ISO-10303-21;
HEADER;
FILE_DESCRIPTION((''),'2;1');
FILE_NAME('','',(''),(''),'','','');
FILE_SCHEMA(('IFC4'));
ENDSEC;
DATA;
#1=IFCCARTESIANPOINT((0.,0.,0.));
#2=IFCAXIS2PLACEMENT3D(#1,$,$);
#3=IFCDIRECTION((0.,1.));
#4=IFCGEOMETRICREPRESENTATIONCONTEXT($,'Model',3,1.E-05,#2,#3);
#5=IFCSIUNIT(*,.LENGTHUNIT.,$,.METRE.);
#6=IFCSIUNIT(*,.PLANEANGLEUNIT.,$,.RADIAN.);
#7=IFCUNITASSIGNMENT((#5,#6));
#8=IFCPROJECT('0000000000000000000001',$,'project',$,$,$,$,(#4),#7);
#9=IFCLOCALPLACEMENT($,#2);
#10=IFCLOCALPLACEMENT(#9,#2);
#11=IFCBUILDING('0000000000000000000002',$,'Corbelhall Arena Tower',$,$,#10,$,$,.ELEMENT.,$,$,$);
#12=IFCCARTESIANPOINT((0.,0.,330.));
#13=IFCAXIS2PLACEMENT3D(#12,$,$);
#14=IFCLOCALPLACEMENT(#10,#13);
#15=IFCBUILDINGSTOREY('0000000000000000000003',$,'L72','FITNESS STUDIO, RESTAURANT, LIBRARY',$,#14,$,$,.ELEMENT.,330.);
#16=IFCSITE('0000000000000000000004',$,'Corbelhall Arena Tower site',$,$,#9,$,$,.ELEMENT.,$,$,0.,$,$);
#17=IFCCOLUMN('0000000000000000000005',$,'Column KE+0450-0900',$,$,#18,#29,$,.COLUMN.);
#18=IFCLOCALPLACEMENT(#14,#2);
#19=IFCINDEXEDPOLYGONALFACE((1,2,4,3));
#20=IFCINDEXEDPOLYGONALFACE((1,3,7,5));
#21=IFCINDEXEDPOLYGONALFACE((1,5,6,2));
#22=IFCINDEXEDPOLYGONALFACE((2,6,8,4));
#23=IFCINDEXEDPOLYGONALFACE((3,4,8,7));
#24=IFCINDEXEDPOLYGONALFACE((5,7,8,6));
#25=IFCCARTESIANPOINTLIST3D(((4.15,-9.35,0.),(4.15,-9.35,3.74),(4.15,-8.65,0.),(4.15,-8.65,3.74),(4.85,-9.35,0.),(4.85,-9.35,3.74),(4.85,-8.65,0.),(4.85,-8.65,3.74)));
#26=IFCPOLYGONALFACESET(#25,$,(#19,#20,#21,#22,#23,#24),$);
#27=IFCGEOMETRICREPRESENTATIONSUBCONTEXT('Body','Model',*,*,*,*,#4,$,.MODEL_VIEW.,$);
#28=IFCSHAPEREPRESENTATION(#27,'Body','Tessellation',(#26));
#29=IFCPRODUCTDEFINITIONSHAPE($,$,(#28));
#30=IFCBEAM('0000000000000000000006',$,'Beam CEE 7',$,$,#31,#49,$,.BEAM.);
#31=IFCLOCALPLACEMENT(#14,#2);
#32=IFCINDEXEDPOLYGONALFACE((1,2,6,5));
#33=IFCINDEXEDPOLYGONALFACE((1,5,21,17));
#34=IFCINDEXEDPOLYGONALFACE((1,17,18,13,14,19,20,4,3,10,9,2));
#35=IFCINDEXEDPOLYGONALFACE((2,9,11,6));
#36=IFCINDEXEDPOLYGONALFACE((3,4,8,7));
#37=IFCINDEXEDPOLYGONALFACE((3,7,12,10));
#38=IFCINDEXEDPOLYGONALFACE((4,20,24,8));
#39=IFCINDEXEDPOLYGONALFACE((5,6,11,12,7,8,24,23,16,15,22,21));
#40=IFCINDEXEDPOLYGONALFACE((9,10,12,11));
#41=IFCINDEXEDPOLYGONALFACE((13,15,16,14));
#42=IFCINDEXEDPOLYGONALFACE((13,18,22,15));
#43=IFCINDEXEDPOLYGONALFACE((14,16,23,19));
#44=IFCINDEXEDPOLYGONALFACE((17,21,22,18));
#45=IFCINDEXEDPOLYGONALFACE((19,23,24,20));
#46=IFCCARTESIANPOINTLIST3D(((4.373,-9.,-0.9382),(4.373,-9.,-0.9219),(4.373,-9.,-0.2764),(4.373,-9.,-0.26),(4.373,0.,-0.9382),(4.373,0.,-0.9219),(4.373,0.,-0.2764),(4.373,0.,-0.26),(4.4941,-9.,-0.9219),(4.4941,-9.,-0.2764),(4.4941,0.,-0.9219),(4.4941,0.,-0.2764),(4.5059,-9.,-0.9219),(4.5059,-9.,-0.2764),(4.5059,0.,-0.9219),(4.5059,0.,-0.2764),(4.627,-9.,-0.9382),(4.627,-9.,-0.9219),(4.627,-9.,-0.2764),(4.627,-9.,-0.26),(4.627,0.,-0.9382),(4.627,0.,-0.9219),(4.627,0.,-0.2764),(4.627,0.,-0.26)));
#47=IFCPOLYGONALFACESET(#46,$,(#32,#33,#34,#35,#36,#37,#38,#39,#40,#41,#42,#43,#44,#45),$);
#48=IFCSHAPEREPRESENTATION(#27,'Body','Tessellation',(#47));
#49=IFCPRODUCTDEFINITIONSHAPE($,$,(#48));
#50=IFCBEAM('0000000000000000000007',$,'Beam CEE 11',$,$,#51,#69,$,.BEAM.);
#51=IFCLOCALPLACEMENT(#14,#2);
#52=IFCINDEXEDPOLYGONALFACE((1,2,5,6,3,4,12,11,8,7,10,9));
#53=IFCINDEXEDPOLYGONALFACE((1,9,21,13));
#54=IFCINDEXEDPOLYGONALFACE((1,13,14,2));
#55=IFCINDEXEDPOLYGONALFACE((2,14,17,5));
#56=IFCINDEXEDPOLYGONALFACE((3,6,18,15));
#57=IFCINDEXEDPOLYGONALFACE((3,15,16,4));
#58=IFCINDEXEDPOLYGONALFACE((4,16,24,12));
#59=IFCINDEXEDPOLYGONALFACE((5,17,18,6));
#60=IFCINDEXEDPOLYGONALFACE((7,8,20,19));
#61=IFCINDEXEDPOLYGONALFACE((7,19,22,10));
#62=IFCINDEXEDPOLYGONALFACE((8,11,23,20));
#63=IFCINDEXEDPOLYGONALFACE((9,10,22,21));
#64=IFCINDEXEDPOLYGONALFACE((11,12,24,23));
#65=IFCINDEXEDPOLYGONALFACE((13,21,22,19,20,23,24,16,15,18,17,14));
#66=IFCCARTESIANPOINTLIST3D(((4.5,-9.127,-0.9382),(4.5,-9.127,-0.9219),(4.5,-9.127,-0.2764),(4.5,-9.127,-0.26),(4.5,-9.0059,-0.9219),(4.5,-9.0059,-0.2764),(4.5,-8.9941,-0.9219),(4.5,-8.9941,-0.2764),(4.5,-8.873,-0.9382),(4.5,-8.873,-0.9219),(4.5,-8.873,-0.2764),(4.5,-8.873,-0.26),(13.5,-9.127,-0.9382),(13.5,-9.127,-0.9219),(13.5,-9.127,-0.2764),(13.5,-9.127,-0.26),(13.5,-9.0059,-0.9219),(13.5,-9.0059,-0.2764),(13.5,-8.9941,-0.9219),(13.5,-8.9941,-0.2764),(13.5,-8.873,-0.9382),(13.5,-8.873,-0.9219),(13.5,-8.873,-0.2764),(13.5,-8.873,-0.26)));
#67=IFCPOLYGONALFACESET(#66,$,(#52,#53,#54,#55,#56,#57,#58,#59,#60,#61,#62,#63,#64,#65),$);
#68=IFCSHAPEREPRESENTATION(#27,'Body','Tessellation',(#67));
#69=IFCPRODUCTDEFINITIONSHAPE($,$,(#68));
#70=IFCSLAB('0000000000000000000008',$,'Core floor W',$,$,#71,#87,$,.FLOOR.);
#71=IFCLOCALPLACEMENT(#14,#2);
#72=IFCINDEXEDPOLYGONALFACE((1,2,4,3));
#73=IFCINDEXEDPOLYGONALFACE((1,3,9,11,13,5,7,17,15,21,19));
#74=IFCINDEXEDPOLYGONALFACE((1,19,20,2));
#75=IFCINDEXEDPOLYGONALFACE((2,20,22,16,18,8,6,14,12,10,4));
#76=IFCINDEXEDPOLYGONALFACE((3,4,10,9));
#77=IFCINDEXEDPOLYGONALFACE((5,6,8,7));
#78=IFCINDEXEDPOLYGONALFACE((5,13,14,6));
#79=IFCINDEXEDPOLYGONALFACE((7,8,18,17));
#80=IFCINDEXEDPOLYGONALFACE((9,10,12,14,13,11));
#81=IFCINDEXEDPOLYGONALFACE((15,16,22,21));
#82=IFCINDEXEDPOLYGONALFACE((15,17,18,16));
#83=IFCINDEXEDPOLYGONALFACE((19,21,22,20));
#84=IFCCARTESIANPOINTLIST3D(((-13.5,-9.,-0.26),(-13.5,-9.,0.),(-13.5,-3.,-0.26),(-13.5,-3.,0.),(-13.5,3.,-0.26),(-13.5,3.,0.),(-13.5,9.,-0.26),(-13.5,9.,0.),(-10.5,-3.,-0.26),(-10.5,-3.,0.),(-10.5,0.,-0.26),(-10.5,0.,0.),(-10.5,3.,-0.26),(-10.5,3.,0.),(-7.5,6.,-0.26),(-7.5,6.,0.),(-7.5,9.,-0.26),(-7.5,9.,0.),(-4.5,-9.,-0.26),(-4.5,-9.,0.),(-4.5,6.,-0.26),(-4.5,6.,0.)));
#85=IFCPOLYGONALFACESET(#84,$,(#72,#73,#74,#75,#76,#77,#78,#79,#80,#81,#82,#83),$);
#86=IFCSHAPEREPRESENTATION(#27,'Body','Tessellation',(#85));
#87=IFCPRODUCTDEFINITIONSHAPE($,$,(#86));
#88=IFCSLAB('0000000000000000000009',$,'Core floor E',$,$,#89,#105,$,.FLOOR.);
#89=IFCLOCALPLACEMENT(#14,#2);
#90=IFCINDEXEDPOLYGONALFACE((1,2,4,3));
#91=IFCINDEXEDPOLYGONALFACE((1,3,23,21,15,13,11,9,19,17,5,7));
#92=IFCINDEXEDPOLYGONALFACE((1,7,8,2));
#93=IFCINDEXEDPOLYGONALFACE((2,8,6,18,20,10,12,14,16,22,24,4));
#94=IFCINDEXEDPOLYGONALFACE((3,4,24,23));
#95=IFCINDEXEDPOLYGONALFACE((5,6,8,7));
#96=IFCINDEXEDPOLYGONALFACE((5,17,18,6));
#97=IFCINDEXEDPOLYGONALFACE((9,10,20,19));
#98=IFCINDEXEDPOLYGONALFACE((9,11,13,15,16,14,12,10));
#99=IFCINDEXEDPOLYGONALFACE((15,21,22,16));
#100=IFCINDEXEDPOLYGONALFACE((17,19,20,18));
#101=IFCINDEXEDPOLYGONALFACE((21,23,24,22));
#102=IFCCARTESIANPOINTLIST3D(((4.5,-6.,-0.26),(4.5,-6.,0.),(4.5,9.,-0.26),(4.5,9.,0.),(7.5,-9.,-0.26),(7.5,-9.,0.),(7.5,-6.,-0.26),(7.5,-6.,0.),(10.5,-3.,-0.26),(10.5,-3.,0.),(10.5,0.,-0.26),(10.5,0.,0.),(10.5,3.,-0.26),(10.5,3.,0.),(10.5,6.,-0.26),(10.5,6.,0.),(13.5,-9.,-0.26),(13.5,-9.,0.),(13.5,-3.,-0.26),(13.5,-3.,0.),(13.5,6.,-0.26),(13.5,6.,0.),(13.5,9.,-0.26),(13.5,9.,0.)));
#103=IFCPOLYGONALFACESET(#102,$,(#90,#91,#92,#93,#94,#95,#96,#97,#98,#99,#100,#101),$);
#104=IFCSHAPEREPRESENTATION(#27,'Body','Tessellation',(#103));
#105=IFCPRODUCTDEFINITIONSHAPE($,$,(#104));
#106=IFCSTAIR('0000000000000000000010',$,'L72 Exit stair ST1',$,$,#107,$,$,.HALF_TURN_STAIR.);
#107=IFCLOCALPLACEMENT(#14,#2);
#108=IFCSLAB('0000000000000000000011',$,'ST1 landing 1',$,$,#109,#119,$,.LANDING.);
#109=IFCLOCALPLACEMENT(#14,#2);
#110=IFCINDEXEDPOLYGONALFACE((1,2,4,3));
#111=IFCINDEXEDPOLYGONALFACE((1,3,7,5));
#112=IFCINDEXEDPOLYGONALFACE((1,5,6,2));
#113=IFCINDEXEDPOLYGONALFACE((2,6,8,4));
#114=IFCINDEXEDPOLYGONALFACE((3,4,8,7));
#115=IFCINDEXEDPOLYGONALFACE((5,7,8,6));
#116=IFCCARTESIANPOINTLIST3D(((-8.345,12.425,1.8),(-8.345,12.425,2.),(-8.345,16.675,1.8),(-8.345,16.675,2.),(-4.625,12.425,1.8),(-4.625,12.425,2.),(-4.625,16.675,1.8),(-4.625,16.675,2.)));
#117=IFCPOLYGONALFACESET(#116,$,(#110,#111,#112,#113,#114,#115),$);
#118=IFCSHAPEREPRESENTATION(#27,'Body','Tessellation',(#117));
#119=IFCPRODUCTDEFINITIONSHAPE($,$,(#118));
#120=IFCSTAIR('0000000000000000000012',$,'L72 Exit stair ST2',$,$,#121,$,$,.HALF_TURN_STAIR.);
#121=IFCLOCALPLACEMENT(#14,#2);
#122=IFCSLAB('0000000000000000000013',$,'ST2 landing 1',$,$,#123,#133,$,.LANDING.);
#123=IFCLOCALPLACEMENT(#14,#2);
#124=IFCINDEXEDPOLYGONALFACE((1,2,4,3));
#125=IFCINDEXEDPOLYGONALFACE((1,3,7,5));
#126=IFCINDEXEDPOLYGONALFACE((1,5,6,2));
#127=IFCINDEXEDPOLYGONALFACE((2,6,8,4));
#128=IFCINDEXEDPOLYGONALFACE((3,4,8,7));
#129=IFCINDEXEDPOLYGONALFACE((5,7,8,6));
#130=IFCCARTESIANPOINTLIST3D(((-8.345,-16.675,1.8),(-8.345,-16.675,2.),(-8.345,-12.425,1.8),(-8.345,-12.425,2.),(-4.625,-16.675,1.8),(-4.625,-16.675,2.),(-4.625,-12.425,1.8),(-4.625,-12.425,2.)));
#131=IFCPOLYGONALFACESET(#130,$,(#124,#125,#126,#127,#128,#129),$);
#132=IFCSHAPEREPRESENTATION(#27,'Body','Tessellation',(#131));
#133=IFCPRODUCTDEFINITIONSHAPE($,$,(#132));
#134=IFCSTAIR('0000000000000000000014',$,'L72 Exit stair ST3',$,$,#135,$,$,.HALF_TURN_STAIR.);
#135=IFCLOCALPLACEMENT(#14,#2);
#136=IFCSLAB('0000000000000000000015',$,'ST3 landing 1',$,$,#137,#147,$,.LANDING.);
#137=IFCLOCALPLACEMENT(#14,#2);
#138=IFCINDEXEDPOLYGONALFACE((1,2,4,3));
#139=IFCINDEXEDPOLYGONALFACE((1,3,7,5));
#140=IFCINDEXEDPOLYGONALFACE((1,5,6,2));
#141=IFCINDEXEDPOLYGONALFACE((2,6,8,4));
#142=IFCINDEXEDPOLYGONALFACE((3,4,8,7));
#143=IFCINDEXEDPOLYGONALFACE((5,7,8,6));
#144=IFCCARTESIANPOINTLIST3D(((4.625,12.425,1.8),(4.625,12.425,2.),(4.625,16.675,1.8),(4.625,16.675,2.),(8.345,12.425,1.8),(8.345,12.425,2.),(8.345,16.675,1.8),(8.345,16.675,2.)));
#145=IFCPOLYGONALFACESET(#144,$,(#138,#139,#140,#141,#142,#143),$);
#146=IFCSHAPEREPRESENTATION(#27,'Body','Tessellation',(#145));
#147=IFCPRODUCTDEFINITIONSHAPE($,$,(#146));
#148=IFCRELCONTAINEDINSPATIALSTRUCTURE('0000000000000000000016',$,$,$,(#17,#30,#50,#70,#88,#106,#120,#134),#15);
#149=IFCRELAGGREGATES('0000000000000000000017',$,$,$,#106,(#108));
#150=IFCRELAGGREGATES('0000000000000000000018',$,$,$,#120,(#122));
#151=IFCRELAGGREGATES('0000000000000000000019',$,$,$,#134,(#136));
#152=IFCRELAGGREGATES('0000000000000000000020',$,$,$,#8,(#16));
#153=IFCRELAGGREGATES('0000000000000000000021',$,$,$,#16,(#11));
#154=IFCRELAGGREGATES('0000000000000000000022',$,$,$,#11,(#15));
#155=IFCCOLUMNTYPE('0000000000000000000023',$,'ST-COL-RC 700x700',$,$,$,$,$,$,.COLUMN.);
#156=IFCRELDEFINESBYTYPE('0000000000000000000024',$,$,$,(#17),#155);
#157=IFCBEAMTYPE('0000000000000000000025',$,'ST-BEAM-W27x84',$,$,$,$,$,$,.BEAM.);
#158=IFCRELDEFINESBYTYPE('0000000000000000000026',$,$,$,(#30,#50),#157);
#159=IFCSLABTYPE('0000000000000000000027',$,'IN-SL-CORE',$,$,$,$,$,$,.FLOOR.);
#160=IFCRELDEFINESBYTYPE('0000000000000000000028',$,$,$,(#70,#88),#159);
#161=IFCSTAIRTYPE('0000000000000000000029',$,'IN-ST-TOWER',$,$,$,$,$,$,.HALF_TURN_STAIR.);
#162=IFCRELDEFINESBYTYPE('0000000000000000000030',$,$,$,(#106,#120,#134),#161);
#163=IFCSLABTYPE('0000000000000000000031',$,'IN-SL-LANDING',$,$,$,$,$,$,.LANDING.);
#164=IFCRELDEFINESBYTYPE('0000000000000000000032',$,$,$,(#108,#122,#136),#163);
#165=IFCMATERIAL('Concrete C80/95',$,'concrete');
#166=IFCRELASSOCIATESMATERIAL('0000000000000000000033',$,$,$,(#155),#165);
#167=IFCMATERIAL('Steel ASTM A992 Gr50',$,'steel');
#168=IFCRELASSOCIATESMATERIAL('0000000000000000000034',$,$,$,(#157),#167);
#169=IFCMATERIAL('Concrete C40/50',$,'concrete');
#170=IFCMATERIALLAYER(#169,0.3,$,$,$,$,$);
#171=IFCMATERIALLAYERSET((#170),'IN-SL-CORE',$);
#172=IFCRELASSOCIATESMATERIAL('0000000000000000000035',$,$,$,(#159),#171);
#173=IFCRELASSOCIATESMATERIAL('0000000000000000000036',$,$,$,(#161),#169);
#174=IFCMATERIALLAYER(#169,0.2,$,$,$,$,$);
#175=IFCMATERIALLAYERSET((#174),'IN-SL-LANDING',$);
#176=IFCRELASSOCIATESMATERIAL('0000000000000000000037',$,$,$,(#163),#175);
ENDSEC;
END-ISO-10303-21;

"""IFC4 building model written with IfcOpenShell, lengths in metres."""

from ifc_helpers import new_model, si_unit, direction, frame, origin, origin_2d, place, context, subcontext, project, spatial, polyline, rectangle, i_section, outline, extrude, material, layer, layer_set, material_profile, profile_set, type_object, element, aggregate, save


model = new_model("IFC4")

# Units and contexts
model_context = context("Model", 3, precision=1e-05, world=origin(), true_north=direction((0.0, 1.0)))
body_context = subcontext(model_context, "Body", "Model", "MODEL_VIEW")
ifc_project = project(units=[si_unit("LENGTHUNIT", "METRE"), si_unit("PLANEANGLEUNIT", "RADIAN")], contexts=[model_context])

# Site, building, storey
site_placement = place(None, origin())
site = spatial("IfcSite", under=ifc_project, at=site_placement, Name="Corbelhall Arena Tower site", CompositionType="ELEMENT", RefElevation=0.0)
building_placement = place(site_placement, origin())
building = spatial("IfcBuilding", under=site, at=building_placement, Name="Corbelhall Arena Tower", CompositionType="ELEMENT")
storey_placement = place(building_placement, frame((0.0, 0.0, 330.0)))
storey = spatial("IfcBuildingStorey", under=building, at=storey_placement, Name="L72", Description="FITNESS STUDIO, RESTAURANT, LIBRARY", CompositionType="ELEMENT", Elevation=330.0)

# Column
ifc_material_1 = material(Name="Concrete C80/95", Category="concrete")
ifc_material_profile_1 = material_profile(ifc_material_1, rectangle(XDim=0.7, YDim=0.7, at=origin_2d()))
ifc_profile_set_1 = profile_set([ifc_material_profile_1], Name="Concrete C80/95")
column_type = type_object("IfcColumnType", Name="ST-COL-RC 700x700", PredefinedType="COLUMN", material=ifc_profile_set_1)
column_placement = place(storey_placement, frame((4.5, -9.0, 0.0), z_axis=(0.0, 0.0, 1.0), x_axis=(1.0, 0.0, 0.0)))
element("IfcColumn", 1, at=column_placement, inside=storey, type_object=column_type, Name="Column KE+0450-0900", PredefinedType="COLUMN", context=body_context, shape_type="SweptSolid", body=[
    extrude(rectangle(XDim=0.7, YDim=0.7, at=origin_2d()), origin(), (0.0, 0.0, 1.0), 3.74),
])

# Beams
ifc_material_2 = material(Name="Steel ASTM A992 Gr50", Category="steel")
ifc_material_profile_2 = material_profile(ifc_material_2, i_section(OverallWidth=0.2539, OverallDepth=0.6782, WebThickness=0.0117, FlangeThickness=0.0164, at=origin_2d()))
ifc_profile_set_2 = profile_set([ifc_material_profile_2], Name="Steel ASTM A992 Gr50")
beam_type = type_object("IfcBeamType", Name="ST-BEAM-W27x84", PredefinedType="BEAM", material=ifc_profile_set_2)
for number, where, z_axis, x_axis, name in (
    (2, (4.5, -9.0, -0.5991), (0.0, 1.0, 0.0), (-1.0, 0.0, 0.0), "Beam CEE 7"),
    (3, (4.5, -9.0, -0.5991), (1.0, 0.0, 0.0), (0.0, 1.0, 0.0), "Beam CEE 11"),
):
    element("IfcBeam", number, at=place(storey_placement, frame(where, z_axis=z_axis, x_axis=x_axis)), inside=storey, type_object=beam_type, Name=name, PredefinedType="BEAM", context=body_context, shape_type="SweptSolid", body=[
        extrude(i_section(OverallWidth=0.2539, OverallDepth=0.6782, WebThickness=0.0117, FlangeThickness=0.0164, at=origin_2d()), origin(), (0.0, 0.0, 1.0), 9.0),
    ])

# Slabs
ifc_material_3 = material(Name="Concrete C40/50", Category="concrete")
ifc_layer_1 = layer(ifc_material_3, 0.3)
ifc_layer_set_1 = layer_set([ifc_layer_1], Name="IN-SL-CORE")
slab_type_1 = type_object("IfcSlabType", Name="IN-SL-CORE", PredefinedType="FLOOR", material=ifc_layer_set_1)
slab_1_placement = place(storey_placement, frame((0.0, 0.0, -0.26)))
element("IfcSlab", 4, at=slab_1_placement, inside=storey, type_object=slab_type_1, Name="Core floor W", PredefinedType="FLOOR", context=body_context, shape_type="SweptSolid", body=[
    extrude(outline(polyline([(-13.5, -3.0), (-13.5, -9.0), (-4.5, -9.0), (-4.5, 6.0), (-7.5, 6.0), (-7.5, 9.0), (-13.5, 9.0), (-13.5, 3.0), (-10.5, 3.0), (-10.5, 0.0), (-10.5, -3.0), (-13.5, -3.0)])), origin(), (0.0, 0.0, 1.0), 0.26),
])
slab_2_placement = place(storey_placement, frame((0.0, 0.0, -0.26)))
element("IfcSlab", 5, at=slab_2_placement, inside=storey, type_object=slab_type_1, Name="Core floor E", PredefinedType="FLOOR", context=body_context, shape_type="SweptSolid", body=[
    extrude(outline(polyline([(10.5, 0.0), (10.5, 3.0), (10.5, 6.0), (13.5, 6.0), (13.5, 9.0), (4.5, 9.0), (4.5, -6.0), (7.5, -6.0), (7.5, -9.0), (13.5, -9.0), (13.5, -3.0), (10.5, -3.0), (10.5, 0.0)])), origin(), (0.0, 0.0, 1.0), 0.26),
])

# Stairs, slabs
stair_type = type_object("IfcStairType", Name="IN-ST-TOWER", PredefinedType="HALF_TURN_STAIR", material=ifc_material_3)
stair_1_placement = place(storey_placement, origin())
stair_1 = element("IfcStair", 6, at=stair_1_placement, inside=storey, type_object=stair_type, Name="L72 Exit stair ST1", PredefinedType="HALF_TURN_STAIR")
ifc_layer_2 = layer(ifc_material_3, 0.2)
ifc_layer_set_2 = layer_set([ifc_layer_2], Name="IN-SL-LANDING")
slab_type_2 = type_object("IfcSlabType", Name="IN-SL-LANDING", PredefinedType="LANDING", material=ifc_layer_set_2)
slab_3_placement = place(storey_placement, frame((0.0, 0.0, 1.8)))
slab_3 = element("IfcSlab", 7, at=slab_3_placement, type_object=slab_type_2, Name="ST1 landing 1", PredefinedType="LANDING", context=body_context, shape_type="SweptSolid", body=[
    extrude(outline(polyline([(-8.345, 12.425), (-4.625, 12.425), (-4.625, 16.675), (-8.345, 16.675), (-8.345, 12.425)])), origin(), (0.0, 0.0, 1.0), 0.2),
])
aggregate(stair_1, [slab_3])
stair_2_placement = place(storey_placement, origin())
stair_2 = element("IfcStair", 8, at=stair_2_placement, inside=storey, type_object=stair_type, Name="L72 Exit stair ST2", PredefinedType="HALF_TURN_STAIR")
slab_4_placement = place(storey_placement, frame((0.0, 0.0, 1.8)))
slab_4 = element("IfcSlab", 9, at=slab_4_placement, type_object=slab_type_2, Name="ST2 landing 1", PredefinedType="LANDING", context=body_context, shape_type="SweptSolid", body=[
    extrude(outline(polyline([(-8.345, -16.675), (-4.625, -16.675), (-4.625, -12.425), (-8.345, -12.425), (-8.345, -16.675)])), origin(), (0.0, 0.0, 1.0), 0.2),
])
aggregate(stair_2, [slab_4])
stair_3_placement = place(storey_placement, origin())
stair_3 = element("IfcStair", 10, at=stair_3_placement, inside=storey, type_object=stair_type, Name="L72 Exit stair ST3", PredefinedType="HALF_TURN_STAIR")
slab_5_placement = place(storey_placement, frame((0.0, 0.0, 1.8)))
slab_5 = element("IfcSlab", 11, at=slab_5_placement, type_object=slab_type_2, Name="ST3 landing 1", PredefinedType="LANDING", context=body_context, shape_type="SweptSolid", body=[
    extrude(outline(polyline([(8.345, 16.675), (4.625, 16.675), (4.625, 12.425), (8.345, 12.425), (8.345, 16.675)])), origin(), (0.0, 0.0, 1.0), 0.2),
])
aggregate(stair_3, [slab_5])

save(model, "model.ifc")
